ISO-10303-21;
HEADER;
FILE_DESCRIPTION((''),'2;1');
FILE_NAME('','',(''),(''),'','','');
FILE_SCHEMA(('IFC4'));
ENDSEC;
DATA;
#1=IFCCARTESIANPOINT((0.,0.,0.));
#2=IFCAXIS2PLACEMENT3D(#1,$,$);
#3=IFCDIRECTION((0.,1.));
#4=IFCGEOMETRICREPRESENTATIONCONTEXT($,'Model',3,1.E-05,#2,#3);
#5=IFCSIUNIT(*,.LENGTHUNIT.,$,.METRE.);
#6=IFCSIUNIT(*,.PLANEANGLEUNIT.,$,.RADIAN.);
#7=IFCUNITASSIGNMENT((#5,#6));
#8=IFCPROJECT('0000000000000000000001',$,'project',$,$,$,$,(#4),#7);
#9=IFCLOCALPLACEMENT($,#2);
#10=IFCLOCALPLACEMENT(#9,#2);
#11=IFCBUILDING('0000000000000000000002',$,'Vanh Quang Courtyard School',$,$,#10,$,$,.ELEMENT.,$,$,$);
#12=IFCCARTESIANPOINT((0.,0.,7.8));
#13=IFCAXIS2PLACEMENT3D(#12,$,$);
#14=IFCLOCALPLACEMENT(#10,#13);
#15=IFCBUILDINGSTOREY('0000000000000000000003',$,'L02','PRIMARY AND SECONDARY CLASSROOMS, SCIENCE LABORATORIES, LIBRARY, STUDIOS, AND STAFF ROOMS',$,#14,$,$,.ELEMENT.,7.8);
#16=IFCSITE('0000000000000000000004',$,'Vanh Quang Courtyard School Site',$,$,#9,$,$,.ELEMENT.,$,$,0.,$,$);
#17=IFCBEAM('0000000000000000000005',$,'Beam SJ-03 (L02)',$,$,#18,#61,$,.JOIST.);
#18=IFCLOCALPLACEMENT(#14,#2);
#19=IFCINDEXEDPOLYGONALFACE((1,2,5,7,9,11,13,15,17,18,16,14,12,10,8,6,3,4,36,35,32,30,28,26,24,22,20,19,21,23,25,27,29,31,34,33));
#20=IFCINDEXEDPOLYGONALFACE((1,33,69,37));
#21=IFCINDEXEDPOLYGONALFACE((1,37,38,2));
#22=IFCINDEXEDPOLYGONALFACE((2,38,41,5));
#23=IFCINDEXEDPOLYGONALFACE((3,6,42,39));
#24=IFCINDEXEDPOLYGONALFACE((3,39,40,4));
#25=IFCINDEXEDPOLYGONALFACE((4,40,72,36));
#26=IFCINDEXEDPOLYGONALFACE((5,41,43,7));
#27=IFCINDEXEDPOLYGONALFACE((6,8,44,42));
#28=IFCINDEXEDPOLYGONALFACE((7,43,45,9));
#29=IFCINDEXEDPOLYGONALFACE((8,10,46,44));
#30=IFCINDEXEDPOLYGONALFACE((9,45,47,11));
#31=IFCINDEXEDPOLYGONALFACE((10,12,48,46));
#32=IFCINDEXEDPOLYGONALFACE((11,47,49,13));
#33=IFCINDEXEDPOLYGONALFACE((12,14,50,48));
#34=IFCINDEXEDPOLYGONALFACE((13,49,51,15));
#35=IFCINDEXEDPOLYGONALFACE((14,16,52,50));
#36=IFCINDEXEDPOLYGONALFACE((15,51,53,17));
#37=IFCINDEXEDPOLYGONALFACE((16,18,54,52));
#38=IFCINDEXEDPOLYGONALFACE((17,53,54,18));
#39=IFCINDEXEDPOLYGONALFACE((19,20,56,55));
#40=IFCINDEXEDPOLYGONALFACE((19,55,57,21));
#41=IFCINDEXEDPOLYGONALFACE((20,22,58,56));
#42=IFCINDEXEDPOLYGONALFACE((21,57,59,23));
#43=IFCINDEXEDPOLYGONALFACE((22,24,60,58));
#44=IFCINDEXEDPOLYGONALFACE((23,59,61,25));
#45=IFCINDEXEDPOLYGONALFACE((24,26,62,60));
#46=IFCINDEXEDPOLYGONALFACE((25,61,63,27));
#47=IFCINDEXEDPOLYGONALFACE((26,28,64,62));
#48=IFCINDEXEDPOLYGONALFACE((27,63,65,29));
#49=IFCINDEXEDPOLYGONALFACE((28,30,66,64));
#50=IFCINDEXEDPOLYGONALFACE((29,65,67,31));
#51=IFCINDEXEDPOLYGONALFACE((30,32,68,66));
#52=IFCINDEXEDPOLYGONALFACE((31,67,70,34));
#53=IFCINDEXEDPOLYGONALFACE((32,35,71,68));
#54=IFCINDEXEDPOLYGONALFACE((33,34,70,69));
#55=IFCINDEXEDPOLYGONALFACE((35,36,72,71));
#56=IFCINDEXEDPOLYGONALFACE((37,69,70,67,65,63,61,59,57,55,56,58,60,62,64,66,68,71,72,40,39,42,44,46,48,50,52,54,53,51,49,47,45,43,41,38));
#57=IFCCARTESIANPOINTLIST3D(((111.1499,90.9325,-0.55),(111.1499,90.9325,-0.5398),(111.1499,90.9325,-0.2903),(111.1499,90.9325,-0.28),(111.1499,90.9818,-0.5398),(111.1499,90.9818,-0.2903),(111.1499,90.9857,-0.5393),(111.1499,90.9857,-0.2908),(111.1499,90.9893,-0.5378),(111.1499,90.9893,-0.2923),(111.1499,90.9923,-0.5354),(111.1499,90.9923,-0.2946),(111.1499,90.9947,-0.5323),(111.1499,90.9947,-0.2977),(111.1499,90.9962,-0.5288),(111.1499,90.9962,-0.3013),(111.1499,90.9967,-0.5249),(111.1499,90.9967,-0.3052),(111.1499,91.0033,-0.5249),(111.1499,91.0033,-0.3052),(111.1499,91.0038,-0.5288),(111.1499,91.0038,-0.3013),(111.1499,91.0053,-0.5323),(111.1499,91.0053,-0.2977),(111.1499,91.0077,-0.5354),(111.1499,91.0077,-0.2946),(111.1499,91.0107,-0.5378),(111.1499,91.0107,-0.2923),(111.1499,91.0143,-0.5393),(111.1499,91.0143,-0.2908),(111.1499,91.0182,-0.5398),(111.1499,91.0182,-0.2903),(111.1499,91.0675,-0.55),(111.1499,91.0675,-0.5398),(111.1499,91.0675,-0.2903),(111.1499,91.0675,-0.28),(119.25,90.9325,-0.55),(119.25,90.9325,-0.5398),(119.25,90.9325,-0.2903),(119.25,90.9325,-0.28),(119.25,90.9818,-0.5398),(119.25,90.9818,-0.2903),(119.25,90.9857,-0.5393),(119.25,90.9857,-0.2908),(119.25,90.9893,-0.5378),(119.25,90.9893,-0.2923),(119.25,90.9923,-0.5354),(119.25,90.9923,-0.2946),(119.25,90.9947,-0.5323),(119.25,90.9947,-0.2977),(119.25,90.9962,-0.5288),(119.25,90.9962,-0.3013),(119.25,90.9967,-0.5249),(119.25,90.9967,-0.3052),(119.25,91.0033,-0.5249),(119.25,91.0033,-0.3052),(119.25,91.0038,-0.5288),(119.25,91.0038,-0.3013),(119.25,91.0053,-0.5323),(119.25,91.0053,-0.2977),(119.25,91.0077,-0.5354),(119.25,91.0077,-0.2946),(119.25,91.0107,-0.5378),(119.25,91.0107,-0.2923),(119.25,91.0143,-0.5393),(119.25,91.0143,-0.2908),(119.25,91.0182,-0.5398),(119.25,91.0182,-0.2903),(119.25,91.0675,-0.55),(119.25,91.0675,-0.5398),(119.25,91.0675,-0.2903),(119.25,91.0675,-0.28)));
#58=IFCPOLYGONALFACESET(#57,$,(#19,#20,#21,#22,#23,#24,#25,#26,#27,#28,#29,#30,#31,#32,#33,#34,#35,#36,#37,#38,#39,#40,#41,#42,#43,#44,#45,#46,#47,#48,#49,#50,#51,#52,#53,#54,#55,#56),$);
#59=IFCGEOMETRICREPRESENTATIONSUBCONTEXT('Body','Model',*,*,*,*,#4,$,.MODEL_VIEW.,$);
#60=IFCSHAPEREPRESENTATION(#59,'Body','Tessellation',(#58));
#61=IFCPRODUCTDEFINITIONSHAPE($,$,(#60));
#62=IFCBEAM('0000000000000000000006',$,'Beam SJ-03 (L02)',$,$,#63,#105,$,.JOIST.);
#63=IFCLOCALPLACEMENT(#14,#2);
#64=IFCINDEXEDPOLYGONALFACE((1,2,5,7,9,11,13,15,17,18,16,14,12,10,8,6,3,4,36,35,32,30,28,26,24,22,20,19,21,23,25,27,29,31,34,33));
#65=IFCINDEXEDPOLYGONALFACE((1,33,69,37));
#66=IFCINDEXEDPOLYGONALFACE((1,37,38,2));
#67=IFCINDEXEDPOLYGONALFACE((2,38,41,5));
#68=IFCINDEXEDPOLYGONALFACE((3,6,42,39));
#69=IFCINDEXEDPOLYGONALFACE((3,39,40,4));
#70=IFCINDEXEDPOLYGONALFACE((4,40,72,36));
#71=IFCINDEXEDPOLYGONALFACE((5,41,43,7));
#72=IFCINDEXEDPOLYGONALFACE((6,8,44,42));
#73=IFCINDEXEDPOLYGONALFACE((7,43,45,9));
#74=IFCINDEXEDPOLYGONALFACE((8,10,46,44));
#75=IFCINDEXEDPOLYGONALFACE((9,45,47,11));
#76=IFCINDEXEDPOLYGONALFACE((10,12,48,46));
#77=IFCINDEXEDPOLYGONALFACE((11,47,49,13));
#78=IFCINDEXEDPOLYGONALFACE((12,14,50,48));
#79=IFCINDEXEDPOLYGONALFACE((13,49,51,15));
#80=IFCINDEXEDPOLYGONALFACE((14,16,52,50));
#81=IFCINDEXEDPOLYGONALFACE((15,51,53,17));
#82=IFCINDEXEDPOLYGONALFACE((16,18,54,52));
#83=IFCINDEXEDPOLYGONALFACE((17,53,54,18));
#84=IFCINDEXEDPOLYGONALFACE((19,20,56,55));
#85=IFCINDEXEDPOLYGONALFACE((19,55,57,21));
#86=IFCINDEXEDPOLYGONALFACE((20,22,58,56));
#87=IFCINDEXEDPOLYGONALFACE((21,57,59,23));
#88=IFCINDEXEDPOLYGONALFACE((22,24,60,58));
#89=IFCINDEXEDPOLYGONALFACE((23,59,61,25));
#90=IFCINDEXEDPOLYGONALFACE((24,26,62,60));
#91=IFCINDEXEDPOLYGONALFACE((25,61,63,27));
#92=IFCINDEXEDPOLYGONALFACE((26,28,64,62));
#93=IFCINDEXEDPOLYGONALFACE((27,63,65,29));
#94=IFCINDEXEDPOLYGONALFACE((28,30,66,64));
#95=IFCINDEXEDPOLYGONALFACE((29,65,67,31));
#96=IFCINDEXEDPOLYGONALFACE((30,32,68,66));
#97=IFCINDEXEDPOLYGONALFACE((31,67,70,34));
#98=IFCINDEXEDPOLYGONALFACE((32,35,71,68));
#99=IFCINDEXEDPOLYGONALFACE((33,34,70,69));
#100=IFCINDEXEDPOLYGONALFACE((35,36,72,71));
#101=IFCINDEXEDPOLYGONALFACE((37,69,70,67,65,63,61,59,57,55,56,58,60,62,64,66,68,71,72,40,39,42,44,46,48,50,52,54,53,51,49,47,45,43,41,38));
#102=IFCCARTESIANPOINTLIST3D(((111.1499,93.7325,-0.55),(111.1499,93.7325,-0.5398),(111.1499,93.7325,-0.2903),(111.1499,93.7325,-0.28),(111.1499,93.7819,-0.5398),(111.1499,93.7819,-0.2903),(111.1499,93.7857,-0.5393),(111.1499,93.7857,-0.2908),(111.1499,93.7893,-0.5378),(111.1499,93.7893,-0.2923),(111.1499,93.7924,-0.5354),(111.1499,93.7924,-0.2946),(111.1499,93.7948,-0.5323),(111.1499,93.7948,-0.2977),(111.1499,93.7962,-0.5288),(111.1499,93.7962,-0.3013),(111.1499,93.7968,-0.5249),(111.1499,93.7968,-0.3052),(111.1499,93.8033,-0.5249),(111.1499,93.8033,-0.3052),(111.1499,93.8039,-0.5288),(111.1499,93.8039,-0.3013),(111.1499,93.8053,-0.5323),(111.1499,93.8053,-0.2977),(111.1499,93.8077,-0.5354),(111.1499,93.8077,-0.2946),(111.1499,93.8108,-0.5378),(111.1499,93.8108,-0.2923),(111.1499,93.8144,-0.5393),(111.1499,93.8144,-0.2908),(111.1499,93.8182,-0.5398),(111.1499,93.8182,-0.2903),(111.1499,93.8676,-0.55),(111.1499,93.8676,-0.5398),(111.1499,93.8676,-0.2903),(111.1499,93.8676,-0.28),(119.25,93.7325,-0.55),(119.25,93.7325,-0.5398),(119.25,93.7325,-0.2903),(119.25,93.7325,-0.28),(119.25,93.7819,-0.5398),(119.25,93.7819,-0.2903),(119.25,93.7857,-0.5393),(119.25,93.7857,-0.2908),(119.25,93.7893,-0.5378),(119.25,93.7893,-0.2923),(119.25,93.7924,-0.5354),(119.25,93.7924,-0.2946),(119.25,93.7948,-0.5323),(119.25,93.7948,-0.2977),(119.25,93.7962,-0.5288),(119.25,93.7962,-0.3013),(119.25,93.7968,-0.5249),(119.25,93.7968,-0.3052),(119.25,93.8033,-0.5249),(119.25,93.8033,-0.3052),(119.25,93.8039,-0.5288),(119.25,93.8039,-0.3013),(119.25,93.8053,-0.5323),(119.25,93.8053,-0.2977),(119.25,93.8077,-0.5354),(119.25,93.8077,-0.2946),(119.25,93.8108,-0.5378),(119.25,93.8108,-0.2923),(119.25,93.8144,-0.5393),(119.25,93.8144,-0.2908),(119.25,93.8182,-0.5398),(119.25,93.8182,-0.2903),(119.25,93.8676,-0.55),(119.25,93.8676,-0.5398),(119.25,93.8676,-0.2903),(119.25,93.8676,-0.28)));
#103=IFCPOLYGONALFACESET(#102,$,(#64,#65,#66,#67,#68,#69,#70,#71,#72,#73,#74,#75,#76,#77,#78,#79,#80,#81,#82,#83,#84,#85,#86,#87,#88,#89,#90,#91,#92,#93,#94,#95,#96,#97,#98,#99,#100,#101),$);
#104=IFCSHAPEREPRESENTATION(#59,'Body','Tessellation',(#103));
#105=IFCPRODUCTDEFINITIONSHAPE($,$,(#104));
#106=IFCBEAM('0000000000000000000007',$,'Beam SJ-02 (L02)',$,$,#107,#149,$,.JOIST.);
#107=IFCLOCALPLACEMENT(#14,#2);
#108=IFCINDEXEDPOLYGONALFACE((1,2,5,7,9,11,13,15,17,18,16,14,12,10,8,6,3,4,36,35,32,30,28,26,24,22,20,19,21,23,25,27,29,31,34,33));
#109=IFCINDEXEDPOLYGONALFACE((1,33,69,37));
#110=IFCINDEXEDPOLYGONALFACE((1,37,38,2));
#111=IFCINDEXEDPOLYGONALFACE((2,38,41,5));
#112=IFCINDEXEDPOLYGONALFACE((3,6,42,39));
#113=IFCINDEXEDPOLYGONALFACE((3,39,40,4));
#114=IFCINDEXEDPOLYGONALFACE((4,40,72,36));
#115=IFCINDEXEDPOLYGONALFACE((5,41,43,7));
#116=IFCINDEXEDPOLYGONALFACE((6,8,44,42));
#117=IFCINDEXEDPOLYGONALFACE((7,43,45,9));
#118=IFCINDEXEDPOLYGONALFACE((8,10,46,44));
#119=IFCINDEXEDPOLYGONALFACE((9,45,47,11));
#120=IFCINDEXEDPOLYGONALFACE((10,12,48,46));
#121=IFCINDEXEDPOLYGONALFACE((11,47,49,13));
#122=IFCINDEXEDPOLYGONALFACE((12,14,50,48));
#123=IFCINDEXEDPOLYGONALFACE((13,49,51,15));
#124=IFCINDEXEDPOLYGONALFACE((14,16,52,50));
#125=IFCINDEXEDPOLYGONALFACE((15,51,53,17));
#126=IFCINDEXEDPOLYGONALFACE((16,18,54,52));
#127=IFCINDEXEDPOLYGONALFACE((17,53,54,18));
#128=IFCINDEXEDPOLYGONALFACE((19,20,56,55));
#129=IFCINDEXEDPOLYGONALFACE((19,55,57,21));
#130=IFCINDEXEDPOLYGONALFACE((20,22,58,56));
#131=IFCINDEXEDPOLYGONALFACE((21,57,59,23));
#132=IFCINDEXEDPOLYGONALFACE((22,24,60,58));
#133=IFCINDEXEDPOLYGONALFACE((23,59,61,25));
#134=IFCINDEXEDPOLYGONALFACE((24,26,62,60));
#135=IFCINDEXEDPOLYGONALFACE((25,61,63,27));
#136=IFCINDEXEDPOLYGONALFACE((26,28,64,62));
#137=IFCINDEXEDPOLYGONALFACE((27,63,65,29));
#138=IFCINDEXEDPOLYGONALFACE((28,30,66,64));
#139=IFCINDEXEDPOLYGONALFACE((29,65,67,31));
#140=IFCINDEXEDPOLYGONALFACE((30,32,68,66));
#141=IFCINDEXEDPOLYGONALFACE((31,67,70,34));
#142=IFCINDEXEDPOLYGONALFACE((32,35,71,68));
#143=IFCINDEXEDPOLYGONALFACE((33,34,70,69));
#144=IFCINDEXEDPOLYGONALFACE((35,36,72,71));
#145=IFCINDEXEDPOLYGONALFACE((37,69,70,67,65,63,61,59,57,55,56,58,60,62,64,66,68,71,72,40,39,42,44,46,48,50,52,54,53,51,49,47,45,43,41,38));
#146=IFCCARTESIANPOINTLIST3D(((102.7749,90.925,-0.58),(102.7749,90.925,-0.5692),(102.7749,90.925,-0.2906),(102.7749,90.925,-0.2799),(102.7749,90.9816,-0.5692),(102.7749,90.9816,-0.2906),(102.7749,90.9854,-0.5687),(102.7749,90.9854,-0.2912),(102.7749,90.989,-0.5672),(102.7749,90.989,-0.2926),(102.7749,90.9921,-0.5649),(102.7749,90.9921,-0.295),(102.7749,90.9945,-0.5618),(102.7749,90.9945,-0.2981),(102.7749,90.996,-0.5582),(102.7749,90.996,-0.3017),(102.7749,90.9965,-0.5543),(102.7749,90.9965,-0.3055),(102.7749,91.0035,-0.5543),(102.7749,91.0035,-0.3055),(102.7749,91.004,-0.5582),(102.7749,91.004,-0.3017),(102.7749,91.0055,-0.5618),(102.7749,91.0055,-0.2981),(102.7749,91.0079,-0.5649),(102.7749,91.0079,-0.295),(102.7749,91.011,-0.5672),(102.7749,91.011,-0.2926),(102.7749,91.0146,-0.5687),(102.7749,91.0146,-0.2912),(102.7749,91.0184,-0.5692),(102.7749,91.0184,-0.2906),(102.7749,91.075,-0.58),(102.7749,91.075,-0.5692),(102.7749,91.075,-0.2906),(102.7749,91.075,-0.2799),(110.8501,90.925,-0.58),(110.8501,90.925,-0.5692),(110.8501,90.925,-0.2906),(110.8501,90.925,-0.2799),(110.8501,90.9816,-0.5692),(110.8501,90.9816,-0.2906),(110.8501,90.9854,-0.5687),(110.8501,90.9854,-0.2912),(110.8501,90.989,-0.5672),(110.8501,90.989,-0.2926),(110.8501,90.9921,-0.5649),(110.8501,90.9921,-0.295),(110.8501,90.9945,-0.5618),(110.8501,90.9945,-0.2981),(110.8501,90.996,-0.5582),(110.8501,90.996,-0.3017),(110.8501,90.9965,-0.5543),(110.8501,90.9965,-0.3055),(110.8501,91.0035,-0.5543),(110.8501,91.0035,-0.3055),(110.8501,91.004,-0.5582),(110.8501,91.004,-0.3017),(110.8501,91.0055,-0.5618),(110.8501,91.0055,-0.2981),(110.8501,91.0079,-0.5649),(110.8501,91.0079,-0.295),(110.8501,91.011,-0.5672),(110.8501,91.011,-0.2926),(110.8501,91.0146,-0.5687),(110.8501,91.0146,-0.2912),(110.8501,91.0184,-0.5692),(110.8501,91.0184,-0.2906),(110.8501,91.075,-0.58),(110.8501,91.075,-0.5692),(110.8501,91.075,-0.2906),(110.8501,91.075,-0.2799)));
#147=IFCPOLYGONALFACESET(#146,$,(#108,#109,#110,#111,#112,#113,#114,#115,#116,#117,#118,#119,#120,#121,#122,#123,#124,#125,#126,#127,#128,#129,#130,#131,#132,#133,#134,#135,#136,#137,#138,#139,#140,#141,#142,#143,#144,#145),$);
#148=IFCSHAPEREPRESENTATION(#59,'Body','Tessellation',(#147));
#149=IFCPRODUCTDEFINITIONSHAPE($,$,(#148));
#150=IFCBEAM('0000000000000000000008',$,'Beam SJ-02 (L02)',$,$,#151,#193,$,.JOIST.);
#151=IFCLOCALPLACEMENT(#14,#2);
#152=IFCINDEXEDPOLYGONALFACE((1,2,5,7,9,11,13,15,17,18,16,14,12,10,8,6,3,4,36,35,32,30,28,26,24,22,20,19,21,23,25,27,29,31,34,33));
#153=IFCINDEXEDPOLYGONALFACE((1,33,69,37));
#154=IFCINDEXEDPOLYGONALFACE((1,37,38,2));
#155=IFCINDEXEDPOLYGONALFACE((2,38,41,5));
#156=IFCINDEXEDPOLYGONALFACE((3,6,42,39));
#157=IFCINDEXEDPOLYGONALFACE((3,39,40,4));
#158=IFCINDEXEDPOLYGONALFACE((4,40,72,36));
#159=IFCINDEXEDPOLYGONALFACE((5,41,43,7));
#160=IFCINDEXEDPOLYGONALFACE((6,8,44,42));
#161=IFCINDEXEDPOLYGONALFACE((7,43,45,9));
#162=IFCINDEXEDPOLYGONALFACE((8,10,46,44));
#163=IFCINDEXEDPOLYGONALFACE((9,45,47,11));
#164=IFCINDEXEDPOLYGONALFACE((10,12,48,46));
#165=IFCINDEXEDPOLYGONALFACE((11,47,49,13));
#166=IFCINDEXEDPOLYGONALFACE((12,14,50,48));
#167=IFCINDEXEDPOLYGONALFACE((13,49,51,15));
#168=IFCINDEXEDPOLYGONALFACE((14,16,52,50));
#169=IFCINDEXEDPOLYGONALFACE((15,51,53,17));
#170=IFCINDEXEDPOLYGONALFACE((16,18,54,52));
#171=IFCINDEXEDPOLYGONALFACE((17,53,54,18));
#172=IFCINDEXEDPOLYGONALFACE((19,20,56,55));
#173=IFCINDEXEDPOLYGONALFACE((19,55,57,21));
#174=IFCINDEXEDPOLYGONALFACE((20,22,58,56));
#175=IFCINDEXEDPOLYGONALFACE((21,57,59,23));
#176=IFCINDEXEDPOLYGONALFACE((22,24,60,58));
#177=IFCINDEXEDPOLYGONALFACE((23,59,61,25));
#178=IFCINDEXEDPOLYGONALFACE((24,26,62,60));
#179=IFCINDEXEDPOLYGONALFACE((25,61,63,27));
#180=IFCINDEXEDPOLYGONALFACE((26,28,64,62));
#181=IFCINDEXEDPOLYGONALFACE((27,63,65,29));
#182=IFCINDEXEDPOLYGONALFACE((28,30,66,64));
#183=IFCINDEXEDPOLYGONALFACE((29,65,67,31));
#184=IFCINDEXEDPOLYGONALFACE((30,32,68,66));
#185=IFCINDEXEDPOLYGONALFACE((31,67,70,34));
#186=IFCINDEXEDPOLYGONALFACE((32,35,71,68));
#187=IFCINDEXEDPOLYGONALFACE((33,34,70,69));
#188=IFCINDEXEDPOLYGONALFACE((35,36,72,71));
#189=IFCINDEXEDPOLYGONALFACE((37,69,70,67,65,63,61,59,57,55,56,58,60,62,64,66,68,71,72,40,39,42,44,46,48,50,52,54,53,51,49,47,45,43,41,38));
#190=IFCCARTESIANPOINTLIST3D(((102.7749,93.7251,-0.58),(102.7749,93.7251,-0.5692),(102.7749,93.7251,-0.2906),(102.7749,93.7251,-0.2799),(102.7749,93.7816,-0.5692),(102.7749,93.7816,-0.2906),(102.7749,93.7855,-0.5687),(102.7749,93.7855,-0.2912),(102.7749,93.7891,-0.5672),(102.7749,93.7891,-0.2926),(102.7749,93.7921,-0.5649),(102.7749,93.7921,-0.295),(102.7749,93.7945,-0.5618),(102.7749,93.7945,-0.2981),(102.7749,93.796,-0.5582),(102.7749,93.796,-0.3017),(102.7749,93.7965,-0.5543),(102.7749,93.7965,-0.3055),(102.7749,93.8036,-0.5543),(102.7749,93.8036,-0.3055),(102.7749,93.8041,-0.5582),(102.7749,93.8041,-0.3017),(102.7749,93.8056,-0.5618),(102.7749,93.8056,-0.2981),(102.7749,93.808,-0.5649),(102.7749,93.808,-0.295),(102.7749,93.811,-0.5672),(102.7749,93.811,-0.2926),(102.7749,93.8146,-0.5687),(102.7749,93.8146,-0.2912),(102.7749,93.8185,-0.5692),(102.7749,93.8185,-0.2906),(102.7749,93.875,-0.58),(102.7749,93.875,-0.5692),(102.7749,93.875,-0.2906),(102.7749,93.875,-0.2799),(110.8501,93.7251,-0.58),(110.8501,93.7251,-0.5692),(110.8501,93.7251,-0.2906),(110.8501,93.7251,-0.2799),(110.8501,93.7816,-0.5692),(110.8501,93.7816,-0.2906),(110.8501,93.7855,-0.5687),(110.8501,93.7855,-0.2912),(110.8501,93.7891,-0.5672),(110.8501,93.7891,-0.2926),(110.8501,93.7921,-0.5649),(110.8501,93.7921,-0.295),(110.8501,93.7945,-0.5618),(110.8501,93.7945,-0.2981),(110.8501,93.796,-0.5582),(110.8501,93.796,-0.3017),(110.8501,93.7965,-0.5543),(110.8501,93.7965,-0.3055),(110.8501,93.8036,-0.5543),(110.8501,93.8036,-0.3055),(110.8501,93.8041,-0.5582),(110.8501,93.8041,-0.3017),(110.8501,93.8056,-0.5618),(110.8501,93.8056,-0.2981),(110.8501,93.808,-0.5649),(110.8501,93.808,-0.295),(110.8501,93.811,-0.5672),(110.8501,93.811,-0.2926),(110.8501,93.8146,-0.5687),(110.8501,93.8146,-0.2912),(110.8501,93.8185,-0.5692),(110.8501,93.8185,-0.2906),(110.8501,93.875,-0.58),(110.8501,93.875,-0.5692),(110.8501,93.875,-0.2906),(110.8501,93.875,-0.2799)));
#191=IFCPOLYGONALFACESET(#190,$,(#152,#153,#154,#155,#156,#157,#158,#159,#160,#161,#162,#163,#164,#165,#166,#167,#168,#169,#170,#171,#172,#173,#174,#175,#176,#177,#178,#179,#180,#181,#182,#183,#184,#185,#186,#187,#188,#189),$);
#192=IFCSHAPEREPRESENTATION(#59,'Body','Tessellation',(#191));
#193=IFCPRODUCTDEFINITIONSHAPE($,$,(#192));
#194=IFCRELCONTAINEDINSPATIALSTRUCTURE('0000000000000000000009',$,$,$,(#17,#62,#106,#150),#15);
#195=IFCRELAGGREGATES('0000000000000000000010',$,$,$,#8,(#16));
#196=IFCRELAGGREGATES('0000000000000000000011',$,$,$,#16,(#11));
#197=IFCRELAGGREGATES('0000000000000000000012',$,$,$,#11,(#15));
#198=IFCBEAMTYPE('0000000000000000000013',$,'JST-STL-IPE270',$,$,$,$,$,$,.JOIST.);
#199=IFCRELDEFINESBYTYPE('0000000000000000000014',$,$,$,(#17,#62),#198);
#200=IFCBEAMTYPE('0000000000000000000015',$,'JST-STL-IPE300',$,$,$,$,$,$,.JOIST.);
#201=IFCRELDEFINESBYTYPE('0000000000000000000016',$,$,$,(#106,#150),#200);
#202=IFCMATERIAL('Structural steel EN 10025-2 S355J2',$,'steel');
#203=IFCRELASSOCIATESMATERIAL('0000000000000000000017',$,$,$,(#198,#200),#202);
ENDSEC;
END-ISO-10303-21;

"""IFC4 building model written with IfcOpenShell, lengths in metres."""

from ifc_helpers import new_model, si_unit, direction, frame, origin, origin_2d, place, context, subcontext, project, spatial, i_section, extrude, material, material_profile, profile_set, type_object, element, save


model = new_model("IFC4")

# Units and contexts
model_context = context("Model", 3, precision=1e-05, world=origin(), true_north=direction((0.0, 1.0)))
body_context = subcontext(model_context, "Body", "Model", "MODEL_VIEW")
ifc_project = project(units=[si_unit("LENGTHUNIT", "METRE"), si_unit("PLANEANGLEUNIT", "RADIAN")], contexts=[model_context])

# Site, building, storey
site_placement = place(None, origin())
site = spatial("IfcSite", under=ifc_project, at=site_placement, Name="Vanh Quang Courtyard School Site", CompositionType="ELEMENT", RefElevation=0.0)
building_placement = place(site_placement, origin())
building = spatial("IfcBuilding", under=site, at=building_placement, Name="Vanh Quang Courtyard School", CompositionType="ELEMENT")
storey_placement = place(building_placement, frame((0.0, 0.0, 7.8)))
storey = spatial("IfcBuildingStorey", under=building, at=storey_placement, Name="L02", Description="PRIMARY AND SECONDARY CLASSROOMS, SCIENCE LABORATORIES, LIBRARY, STUDIOS, AND STAFF ROOMS", CompositionType="ELEMENT", Elevation=7.8)

# Beams
ifc_material_1 = material(Name="Structural steel EN 10025-2 S355J2", Category="steel")
ifc_material_profile_1 = material_profile(ifc_material_1, i_section(OverallWidth=0.135, OverallDepth=0.27, WebThickness=0.0066, FlangeThickness=0.0103, FilletRadius=0.0149, at=origin_2d()), Name="IPE 270")
ifc_profile_set_1 = profile_set([ifc_material_profile_1], Name="Structural steel EN 10025-2 S355J2")
beam_type_1 = type_object("IfcBeamType", Name="JST-STL-IPE270", PredefinedType="JOIST", material=ifc_profile_set_1)
for number, where, z_axis, x_axis, name in (
    (1, (111.1499, 91.0, -0.415), (1.0, 0.0, 0.0), (0.0, 1.0, 0.0), "Beam SJ-03 (L02)"),
    (2, (111.1499, 93.8, -0.415), (1.0, 0.0, 0.0), (0.0, 1.0, 0.0), "Beam SJ-03 (L02)"),
):
    element("IfcBeam", number, at=place(storey_placement, frame(where, z_axis=z_axis, x_axis=x_axis)), inside=storey, type_object=beam_type_1, Name=name, PredefinedType="JOIST", context=body_context, shape_type="SweptSolid", body=[
        extrude(i_section(OverallWidth=0.135, OverallDepth=0.27, WebThickness=0.0066, FlangeThickness=0.0103, FilletRadius=0.0149, at=origin_2d()), origin(), (0.0, 0.0, 1.0), 8.1001),
    ])
ifc_material_profile_2 = material_profile(ifc_material_1, i_section(OverallWidth=0.1499, OverallDepth=0.3, WebThickness=0.0071, FlangeThickness=0.0107, FilletRadius=0.0149, at=origin_2d()), Name="IPE 300")
ifc_profile_set_2 = profile_set([ifc_material_profile_2], Name="Structural steel EN 10025-2 S355J2")
beam_type_2 = type_object("IfcBeamType", Name="JST-STL-IPE300", PredefinedType="JOIST", material=ifc_profile_set_2)
for number, where, z_axis, x_axis, name in (
    (3, (102.7749, 91.0, -0.4299), (1.0, 0.0, 0.0), (0.0, 1.0, 0.0), "Beam SJ-02 (L02)"),
    (4, (102.7749, 93.8, -0.4299), (1.0, 0.0, 0.0), (0.0, 1.0, 0.0), "Beam SJ-02 (L02)"),
):
    element("IfcBeam", number, at=place(storey_placement, frame(where, z_axis=z_axis, x_axis=x_axis)), inside=storey, type_object=beam_type_2, Name=name, PredefinedType="JOIST", context=body_context, shape_type="SweptSolid", body=[
        extrude(i_section(OverallWidth=0.1499, OverallDepth=0.3, WebThickness=0.0071, FlangeThickness=0.0107, FilletRadius=0.0149, at=origin_2d()), origin(), (0.0, 0.0, 1.0), 8.0752),
    ])

save(model, "model.ifc")
